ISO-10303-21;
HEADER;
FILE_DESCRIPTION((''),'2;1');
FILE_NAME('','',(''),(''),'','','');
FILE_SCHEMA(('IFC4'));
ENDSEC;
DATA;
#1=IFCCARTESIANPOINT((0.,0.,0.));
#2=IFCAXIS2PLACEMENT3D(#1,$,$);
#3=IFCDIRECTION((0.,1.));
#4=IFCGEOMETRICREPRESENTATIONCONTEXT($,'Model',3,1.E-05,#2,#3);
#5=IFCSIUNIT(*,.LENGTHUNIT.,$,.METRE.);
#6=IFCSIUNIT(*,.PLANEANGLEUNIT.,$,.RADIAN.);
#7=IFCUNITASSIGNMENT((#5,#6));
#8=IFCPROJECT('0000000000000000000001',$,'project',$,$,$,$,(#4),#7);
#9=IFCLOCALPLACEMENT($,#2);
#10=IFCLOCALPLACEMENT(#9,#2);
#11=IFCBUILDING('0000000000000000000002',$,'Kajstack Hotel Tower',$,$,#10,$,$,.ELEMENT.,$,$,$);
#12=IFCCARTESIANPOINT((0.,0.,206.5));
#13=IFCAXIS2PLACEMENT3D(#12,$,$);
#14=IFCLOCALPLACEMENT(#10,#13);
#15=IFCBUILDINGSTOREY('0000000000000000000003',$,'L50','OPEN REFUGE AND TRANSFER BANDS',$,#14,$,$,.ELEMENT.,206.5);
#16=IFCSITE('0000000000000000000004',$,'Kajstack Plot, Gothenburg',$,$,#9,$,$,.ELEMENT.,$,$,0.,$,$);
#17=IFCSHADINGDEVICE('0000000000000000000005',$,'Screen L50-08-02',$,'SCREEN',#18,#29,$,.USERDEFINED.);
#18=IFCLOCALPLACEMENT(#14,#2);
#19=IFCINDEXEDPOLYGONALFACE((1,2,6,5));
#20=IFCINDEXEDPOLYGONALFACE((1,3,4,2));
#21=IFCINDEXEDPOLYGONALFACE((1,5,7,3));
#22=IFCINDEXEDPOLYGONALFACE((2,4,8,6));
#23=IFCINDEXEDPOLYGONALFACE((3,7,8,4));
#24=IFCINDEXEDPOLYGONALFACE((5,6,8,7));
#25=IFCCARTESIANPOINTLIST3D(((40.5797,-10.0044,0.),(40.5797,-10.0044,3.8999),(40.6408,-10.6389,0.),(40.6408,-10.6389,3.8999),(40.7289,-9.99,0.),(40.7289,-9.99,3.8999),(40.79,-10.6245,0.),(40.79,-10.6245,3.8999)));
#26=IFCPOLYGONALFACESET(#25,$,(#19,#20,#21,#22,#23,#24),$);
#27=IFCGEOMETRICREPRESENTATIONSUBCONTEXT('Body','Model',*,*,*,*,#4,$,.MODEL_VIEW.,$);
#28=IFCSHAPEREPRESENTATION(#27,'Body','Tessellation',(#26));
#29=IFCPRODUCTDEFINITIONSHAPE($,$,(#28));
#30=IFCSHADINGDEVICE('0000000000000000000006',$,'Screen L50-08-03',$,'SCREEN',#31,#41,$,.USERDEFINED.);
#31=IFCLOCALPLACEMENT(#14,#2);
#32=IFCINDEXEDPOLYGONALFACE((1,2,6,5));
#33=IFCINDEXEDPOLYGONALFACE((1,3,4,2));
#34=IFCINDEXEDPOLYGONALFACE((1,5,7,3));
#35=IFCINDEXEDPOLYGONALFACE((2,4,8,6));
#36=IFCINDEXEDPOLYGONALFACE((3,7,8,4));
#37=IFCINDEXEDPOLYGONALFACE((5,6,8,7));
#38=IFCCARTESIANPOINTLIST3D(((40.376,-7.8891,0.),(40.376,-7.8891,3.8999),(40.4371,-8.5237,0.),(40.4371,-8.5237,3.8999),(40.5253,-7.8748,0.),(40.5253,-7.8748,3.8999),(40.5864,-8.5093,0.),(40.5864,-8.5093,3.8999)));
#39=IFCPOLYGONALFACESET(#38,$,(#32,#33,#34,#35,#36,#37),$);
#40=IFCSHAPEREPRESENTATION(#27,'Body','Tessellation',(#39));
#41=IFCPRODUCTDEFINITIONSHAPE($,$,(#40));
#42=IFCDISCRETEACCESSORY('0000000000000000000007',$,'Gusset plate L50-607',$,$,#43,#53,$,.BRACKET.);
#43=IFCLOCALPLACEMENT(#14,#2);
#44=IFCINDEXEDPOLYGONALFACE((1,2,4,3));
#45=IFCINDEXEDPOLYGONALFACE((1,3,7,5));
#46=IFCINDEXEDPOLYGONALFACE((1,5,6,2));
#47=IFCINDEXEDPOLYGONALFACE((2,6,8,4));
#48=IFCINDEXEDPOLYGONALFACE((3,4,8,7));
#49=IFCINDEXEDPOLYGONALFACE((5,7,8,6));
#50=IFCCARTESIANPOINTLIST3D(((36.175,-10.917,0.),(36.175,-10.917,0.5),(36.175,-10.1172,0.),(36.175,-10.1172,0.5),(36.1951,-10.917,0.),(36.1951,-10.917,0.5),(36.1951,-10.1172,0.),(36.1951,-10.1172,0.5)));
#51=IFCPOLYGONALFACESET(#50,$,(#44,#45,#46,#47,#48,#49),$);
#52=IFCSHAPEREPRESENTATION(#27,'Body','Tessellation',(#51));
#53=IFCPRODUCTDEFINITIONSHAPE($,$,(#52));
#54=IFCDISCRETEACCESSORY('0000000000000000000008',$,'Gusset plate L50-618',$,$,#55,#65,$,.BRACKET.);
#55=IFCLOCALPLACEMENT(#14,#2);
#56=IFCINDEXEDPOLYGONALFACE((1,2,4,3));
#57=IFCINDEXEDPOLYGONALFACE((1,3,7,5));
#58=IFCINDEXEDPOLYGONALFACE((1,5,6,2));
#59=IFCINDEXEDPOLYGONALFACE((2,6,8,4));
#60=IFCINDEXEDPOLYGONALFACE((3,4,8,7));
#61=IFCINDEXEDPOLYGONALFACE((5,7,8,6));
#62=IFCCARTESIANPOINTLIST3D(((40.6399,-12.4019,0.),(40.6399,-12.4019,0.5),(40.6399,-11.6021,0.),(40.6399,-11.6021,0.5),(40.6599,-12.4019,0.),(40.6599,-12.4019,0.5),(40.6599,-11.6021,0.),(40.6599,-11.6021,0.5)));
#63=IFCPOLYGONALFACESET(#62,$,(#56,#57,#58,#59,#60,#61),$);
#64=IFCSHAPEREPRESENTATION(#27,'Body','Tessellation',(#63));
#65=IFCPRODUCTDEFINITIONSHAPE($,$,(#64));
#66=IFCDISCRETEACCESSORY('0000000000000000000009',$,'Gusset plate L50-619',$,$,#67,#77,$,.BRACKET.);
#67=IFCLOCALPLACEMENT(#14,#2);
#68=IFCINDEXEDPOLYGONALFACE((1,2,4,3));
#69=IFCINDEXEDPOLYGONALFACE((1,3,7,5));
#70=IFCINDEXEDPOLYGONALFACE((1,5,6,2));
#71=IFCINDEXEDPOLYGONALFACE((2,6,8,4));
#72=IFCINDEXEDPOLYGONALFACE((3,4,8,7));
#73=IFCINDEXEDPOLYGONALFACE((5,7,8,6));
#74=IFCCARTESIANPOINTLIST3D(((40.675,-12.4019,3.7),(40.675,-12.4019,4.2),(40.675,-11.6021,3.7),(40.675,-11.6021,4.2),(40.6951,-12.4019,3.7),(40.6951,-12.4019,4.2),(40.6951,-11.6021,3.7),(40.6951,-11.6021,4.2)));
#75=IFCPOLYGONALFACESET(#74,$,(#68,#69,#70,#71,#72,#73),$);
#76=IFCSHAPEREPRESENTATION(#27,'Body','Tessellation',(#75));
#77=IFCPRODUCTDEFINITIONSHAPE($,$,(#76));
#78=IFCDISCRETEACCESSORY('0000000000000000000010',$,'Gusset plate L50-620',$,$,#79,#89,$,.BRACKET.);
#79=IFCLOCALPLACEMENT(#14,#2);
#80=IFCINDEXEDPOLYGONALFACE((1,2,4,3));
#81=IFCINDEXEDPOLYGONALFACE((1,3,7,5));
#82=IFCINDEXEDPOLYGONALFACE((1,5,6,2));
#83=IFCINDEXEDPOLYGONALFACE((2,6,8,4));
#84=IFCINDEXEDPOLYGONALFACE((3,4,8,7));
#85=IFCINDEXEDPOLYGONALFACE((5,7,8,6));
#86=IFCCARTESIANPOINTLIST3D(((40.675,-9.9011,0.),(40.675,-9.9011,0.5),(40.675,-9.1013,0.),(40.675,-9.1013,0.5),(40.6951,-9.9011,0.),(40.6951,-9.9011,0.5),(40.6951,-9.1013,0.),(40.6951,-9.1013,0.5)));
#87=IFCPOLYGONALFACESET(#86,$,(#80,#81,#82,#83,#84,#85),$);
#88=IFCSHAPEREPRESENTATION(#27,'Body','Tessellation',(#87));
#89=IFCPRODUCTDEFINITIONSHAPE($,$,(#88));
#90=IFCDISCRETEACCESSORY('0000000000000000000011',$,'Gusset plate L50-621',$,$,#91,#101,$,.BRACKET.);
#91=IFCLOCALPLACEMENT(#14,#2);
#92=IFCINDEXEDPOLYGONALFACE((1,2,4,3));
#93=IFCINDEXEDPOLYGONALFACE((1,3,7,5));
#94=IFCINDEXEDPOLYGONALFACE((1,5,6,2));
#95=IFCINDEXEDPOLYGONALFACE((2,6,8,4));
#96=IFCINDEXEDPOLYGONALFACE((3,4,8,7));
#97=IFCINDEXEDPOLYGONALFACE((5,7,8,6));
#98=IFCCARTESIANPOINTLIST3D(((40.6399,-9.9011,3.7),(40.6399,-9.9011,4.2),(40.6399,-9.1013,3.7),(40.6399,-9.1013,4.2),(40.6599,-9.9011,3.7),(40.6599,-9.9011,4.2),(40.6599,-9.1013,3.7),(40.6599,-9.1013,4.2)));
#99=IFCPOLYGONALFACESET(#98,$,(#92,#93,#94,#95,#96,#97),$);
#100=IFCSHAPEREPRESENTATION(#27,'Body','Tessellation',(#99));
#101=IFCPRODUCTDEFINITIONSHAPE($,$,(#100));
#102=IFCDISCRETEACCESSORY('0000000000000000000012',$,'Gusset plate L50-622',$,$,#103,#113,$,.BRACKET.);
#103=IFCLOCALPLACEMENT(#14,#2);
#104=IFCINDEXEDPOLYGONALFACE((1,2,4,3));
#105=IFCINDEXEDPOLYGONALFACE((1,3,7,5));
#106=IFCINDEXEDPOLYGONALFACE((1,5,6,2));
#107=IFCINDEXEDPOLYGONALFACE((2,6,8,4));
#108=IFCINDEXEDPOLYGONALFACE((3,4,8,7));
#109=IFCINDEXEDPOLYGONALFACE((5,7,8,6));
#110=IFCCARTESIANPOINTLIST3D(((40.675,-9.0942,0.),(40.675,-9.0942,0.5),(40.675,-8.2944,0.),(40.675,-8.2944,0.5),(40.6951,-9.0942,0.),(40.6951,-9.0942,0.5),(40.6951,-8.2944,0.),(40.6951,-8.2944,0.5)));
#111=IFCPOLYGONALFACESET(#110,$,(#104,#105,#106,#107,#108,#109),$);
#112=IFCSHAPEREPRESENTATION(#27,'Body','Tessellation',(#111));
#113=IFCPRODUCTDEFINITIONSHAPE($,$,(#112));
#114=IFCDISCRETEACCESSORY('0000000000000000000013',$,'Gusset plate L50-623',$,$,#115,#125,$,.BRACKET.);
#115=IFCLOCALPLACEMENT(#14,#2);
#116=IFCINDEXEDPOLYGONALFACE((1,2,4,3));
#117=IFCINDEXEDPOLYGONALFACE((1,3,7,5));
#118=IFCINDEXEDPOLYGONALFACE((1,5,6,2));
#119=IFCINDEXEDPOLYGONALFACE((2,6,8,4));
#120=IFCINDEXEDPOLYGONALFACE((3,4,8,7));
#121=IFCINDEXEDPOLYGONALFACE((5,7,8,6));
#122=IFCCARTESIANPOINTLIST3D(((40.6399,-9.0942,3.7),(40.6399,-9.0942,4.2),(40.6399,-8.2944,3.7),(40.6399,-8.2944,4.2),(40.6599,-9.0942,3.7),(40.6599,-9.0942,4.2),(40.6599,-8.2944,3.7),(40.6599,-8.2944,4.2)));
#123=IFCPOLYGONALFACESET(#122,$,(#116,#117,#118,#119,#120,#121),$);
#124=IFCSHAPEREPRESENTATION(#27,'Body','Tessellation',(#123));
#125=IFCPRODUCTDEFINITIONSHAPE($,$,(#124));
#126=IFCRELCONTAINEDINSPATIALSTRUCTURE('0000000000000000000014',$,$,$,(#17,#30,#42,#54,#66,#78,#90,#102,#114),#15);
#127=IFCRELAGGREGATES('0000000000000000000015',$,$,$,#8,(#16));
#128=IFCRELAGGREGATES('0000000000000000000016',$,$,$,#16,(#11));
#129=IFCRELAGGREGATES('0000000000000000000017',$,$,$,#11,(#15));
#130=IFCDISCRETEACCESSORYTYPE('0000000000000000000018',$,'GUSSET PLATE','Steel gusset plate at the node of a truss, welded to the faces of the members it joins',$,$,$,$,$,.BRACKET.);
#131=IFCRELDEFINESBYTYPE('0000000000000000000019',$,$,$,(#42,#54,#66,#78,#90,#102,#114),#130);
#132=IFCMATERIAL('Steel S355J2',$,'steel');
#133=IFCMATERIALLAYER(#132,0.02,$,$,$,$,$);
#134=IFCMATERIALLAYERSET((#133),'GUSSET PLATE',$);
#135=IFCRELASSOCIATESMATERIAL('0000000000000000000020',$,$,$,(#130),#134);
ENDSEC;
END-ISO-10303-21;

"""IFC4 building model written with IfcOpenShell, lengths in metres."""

from ifc_helpers import new_model, si_unit, direction, frame, origin, origin_2d, place, context, subcontext, project, spatial, polyline, rectangle, outline, extrude, material, layer, layer_set, type_object, element, save


model = new_model("IFC4")

# Units and contexts
model_context = context("Model", 3, precision=1e-05, world=origin(), true_north=direction((0.0, 1.0)))
body_context = subcontext(model_context, "Body", "Model", "MODEL_VIEW")
ifc_project = project(units=[si_unit("LENGTHUNIT", "METRE"), si_unit("PLANEANGLEUNIT", "RADIAN")], contexts=[model_context])

# Site, building, storey
site_placement = place(None, origin())
site = spatial("IfcSite", under=ifc_project, at=site_placement, Name="Kajstack Plot, Gothenburg", CompositionType="ELEMENT", RefElevation=0.0)
building_placement = place(site_placement, origin())
building = spatial("IfcBuilding", under=site, at=building_placement, Name="Kajstack Hotel Tower", CompositionType="ELEMENT")
storey_placement = place(building_placement, frame((0.0, 0.0, 206.5)))
storey = spatial("IfcBuildingStorey", under=building, at=storey_placement, Name="L50", Description="OPEN REFUGE AND TRANSFER BANDS", CompositionType="ELEMENT", Elevation=206.5)

# Shared definitions
ifc_material = material(Name="Steel S355J2", Category="steel")

# Shading devices
for number, where, z_axis, x_axis, name in (
    (1, (40.6848, -10.3145, 0.0), (0.0, 0.0, 1.0), (-0.095844, 0.995396, 0.0), "Screen L50-08-02"),
    (2, (40.4812, -8.1992, 0.0), (0.0, 0.0, 1.0), (-0.095844, 0.995396, 0.0), "Screen L50-08-03"),
):
    element("IfcShadingDevice", number, at=place(storey_placement, frame(where, z_axis=z_axis, x_axis=x_axis)), inside=storey, Name=name, ObjectType="SCREEN", PredefinedType="USERDEFINED", context=body_context, shape_type="SweptSolid", body=[
        extrude(rectangle(XDim=0.6375, YDim=0.1499, at=origin_2d()), origin(), (0.0, 0.0, 1.0), 3.8999),
    ])

# Discrete accessories
ifc_layer = layer(ifc_material, 0.02)
ifc_layer_set = layer_set([ifc_layer], Name="GUSSET PLATE")
discrete_accessory_type = type_object("IfcDiscreteAccessoryType", Name="GUSSET PLATE", Description="Steel gusset plate at the node of a truss, welded to the faces of the members it joins", PredefinedType="BRACKET", material=ifc_layer_set)
for number, where, z_axis, x_axis, name in (
    (3, (36.175, -10.5171, 0.0), (1.0, 0.0, 0.0), (0.0, 1.0, 0.0), "Gusset plate L50-607"),
    (4, (40.6399, -12.002, 0.0), (1.0, 0.0, 0.0), (0.0, 1.0, 0.0), "Gusset plate L50-618"),
    (5, (40.675, -12.002, 3.7), (1.0, 0.0, 0.0), (0.0, 1.0, 0.0), "Gusset plate L50-619"),
    (6, (40.675, -9.5012, 0.0), (1.0, 0.0, 0.0), (0.0, 1.0, 0.0), "Gusset plate L50-620"),
    (7, (40.6399, -9.5012, 3.7), (1.0, 0.0, 0.0), (0.0, 1.0, 0.0), "Gusset plate L50-621"),
    (8, (40.675, -8.6943, 0.0), (1.0, 0.0, 0.0), (0.0, 1.0, 0.0), "Gusset plate L50-622"),
    (9, (40.6399, -8.6943, 3.7), (1.0, 0.0, 0.0), (0.0, 1.0, 0.0), "Gusset plate L50-623"),
):
    element("IfcDiscreteAccessory", number, at=place(storey_placement, frame(where, z_axis=z_axis, x_axis=x_axis)), inside=storey, type_object=discrete_accessory_type, Name=name, PredefinedType="BRACKET", context=body_context, shape_type="SweptSolid", body=[
        extrude(outline(polyline([(-0.3999, 0.0), (0.3999, 0.0), (0.3999, 0.5), (-0.3999, 0.5), (-0.3999, 0.0)])), origin(), (0.0, 0.0, 1.0), 0.02),
    ])

save(model, "model.ifc")
